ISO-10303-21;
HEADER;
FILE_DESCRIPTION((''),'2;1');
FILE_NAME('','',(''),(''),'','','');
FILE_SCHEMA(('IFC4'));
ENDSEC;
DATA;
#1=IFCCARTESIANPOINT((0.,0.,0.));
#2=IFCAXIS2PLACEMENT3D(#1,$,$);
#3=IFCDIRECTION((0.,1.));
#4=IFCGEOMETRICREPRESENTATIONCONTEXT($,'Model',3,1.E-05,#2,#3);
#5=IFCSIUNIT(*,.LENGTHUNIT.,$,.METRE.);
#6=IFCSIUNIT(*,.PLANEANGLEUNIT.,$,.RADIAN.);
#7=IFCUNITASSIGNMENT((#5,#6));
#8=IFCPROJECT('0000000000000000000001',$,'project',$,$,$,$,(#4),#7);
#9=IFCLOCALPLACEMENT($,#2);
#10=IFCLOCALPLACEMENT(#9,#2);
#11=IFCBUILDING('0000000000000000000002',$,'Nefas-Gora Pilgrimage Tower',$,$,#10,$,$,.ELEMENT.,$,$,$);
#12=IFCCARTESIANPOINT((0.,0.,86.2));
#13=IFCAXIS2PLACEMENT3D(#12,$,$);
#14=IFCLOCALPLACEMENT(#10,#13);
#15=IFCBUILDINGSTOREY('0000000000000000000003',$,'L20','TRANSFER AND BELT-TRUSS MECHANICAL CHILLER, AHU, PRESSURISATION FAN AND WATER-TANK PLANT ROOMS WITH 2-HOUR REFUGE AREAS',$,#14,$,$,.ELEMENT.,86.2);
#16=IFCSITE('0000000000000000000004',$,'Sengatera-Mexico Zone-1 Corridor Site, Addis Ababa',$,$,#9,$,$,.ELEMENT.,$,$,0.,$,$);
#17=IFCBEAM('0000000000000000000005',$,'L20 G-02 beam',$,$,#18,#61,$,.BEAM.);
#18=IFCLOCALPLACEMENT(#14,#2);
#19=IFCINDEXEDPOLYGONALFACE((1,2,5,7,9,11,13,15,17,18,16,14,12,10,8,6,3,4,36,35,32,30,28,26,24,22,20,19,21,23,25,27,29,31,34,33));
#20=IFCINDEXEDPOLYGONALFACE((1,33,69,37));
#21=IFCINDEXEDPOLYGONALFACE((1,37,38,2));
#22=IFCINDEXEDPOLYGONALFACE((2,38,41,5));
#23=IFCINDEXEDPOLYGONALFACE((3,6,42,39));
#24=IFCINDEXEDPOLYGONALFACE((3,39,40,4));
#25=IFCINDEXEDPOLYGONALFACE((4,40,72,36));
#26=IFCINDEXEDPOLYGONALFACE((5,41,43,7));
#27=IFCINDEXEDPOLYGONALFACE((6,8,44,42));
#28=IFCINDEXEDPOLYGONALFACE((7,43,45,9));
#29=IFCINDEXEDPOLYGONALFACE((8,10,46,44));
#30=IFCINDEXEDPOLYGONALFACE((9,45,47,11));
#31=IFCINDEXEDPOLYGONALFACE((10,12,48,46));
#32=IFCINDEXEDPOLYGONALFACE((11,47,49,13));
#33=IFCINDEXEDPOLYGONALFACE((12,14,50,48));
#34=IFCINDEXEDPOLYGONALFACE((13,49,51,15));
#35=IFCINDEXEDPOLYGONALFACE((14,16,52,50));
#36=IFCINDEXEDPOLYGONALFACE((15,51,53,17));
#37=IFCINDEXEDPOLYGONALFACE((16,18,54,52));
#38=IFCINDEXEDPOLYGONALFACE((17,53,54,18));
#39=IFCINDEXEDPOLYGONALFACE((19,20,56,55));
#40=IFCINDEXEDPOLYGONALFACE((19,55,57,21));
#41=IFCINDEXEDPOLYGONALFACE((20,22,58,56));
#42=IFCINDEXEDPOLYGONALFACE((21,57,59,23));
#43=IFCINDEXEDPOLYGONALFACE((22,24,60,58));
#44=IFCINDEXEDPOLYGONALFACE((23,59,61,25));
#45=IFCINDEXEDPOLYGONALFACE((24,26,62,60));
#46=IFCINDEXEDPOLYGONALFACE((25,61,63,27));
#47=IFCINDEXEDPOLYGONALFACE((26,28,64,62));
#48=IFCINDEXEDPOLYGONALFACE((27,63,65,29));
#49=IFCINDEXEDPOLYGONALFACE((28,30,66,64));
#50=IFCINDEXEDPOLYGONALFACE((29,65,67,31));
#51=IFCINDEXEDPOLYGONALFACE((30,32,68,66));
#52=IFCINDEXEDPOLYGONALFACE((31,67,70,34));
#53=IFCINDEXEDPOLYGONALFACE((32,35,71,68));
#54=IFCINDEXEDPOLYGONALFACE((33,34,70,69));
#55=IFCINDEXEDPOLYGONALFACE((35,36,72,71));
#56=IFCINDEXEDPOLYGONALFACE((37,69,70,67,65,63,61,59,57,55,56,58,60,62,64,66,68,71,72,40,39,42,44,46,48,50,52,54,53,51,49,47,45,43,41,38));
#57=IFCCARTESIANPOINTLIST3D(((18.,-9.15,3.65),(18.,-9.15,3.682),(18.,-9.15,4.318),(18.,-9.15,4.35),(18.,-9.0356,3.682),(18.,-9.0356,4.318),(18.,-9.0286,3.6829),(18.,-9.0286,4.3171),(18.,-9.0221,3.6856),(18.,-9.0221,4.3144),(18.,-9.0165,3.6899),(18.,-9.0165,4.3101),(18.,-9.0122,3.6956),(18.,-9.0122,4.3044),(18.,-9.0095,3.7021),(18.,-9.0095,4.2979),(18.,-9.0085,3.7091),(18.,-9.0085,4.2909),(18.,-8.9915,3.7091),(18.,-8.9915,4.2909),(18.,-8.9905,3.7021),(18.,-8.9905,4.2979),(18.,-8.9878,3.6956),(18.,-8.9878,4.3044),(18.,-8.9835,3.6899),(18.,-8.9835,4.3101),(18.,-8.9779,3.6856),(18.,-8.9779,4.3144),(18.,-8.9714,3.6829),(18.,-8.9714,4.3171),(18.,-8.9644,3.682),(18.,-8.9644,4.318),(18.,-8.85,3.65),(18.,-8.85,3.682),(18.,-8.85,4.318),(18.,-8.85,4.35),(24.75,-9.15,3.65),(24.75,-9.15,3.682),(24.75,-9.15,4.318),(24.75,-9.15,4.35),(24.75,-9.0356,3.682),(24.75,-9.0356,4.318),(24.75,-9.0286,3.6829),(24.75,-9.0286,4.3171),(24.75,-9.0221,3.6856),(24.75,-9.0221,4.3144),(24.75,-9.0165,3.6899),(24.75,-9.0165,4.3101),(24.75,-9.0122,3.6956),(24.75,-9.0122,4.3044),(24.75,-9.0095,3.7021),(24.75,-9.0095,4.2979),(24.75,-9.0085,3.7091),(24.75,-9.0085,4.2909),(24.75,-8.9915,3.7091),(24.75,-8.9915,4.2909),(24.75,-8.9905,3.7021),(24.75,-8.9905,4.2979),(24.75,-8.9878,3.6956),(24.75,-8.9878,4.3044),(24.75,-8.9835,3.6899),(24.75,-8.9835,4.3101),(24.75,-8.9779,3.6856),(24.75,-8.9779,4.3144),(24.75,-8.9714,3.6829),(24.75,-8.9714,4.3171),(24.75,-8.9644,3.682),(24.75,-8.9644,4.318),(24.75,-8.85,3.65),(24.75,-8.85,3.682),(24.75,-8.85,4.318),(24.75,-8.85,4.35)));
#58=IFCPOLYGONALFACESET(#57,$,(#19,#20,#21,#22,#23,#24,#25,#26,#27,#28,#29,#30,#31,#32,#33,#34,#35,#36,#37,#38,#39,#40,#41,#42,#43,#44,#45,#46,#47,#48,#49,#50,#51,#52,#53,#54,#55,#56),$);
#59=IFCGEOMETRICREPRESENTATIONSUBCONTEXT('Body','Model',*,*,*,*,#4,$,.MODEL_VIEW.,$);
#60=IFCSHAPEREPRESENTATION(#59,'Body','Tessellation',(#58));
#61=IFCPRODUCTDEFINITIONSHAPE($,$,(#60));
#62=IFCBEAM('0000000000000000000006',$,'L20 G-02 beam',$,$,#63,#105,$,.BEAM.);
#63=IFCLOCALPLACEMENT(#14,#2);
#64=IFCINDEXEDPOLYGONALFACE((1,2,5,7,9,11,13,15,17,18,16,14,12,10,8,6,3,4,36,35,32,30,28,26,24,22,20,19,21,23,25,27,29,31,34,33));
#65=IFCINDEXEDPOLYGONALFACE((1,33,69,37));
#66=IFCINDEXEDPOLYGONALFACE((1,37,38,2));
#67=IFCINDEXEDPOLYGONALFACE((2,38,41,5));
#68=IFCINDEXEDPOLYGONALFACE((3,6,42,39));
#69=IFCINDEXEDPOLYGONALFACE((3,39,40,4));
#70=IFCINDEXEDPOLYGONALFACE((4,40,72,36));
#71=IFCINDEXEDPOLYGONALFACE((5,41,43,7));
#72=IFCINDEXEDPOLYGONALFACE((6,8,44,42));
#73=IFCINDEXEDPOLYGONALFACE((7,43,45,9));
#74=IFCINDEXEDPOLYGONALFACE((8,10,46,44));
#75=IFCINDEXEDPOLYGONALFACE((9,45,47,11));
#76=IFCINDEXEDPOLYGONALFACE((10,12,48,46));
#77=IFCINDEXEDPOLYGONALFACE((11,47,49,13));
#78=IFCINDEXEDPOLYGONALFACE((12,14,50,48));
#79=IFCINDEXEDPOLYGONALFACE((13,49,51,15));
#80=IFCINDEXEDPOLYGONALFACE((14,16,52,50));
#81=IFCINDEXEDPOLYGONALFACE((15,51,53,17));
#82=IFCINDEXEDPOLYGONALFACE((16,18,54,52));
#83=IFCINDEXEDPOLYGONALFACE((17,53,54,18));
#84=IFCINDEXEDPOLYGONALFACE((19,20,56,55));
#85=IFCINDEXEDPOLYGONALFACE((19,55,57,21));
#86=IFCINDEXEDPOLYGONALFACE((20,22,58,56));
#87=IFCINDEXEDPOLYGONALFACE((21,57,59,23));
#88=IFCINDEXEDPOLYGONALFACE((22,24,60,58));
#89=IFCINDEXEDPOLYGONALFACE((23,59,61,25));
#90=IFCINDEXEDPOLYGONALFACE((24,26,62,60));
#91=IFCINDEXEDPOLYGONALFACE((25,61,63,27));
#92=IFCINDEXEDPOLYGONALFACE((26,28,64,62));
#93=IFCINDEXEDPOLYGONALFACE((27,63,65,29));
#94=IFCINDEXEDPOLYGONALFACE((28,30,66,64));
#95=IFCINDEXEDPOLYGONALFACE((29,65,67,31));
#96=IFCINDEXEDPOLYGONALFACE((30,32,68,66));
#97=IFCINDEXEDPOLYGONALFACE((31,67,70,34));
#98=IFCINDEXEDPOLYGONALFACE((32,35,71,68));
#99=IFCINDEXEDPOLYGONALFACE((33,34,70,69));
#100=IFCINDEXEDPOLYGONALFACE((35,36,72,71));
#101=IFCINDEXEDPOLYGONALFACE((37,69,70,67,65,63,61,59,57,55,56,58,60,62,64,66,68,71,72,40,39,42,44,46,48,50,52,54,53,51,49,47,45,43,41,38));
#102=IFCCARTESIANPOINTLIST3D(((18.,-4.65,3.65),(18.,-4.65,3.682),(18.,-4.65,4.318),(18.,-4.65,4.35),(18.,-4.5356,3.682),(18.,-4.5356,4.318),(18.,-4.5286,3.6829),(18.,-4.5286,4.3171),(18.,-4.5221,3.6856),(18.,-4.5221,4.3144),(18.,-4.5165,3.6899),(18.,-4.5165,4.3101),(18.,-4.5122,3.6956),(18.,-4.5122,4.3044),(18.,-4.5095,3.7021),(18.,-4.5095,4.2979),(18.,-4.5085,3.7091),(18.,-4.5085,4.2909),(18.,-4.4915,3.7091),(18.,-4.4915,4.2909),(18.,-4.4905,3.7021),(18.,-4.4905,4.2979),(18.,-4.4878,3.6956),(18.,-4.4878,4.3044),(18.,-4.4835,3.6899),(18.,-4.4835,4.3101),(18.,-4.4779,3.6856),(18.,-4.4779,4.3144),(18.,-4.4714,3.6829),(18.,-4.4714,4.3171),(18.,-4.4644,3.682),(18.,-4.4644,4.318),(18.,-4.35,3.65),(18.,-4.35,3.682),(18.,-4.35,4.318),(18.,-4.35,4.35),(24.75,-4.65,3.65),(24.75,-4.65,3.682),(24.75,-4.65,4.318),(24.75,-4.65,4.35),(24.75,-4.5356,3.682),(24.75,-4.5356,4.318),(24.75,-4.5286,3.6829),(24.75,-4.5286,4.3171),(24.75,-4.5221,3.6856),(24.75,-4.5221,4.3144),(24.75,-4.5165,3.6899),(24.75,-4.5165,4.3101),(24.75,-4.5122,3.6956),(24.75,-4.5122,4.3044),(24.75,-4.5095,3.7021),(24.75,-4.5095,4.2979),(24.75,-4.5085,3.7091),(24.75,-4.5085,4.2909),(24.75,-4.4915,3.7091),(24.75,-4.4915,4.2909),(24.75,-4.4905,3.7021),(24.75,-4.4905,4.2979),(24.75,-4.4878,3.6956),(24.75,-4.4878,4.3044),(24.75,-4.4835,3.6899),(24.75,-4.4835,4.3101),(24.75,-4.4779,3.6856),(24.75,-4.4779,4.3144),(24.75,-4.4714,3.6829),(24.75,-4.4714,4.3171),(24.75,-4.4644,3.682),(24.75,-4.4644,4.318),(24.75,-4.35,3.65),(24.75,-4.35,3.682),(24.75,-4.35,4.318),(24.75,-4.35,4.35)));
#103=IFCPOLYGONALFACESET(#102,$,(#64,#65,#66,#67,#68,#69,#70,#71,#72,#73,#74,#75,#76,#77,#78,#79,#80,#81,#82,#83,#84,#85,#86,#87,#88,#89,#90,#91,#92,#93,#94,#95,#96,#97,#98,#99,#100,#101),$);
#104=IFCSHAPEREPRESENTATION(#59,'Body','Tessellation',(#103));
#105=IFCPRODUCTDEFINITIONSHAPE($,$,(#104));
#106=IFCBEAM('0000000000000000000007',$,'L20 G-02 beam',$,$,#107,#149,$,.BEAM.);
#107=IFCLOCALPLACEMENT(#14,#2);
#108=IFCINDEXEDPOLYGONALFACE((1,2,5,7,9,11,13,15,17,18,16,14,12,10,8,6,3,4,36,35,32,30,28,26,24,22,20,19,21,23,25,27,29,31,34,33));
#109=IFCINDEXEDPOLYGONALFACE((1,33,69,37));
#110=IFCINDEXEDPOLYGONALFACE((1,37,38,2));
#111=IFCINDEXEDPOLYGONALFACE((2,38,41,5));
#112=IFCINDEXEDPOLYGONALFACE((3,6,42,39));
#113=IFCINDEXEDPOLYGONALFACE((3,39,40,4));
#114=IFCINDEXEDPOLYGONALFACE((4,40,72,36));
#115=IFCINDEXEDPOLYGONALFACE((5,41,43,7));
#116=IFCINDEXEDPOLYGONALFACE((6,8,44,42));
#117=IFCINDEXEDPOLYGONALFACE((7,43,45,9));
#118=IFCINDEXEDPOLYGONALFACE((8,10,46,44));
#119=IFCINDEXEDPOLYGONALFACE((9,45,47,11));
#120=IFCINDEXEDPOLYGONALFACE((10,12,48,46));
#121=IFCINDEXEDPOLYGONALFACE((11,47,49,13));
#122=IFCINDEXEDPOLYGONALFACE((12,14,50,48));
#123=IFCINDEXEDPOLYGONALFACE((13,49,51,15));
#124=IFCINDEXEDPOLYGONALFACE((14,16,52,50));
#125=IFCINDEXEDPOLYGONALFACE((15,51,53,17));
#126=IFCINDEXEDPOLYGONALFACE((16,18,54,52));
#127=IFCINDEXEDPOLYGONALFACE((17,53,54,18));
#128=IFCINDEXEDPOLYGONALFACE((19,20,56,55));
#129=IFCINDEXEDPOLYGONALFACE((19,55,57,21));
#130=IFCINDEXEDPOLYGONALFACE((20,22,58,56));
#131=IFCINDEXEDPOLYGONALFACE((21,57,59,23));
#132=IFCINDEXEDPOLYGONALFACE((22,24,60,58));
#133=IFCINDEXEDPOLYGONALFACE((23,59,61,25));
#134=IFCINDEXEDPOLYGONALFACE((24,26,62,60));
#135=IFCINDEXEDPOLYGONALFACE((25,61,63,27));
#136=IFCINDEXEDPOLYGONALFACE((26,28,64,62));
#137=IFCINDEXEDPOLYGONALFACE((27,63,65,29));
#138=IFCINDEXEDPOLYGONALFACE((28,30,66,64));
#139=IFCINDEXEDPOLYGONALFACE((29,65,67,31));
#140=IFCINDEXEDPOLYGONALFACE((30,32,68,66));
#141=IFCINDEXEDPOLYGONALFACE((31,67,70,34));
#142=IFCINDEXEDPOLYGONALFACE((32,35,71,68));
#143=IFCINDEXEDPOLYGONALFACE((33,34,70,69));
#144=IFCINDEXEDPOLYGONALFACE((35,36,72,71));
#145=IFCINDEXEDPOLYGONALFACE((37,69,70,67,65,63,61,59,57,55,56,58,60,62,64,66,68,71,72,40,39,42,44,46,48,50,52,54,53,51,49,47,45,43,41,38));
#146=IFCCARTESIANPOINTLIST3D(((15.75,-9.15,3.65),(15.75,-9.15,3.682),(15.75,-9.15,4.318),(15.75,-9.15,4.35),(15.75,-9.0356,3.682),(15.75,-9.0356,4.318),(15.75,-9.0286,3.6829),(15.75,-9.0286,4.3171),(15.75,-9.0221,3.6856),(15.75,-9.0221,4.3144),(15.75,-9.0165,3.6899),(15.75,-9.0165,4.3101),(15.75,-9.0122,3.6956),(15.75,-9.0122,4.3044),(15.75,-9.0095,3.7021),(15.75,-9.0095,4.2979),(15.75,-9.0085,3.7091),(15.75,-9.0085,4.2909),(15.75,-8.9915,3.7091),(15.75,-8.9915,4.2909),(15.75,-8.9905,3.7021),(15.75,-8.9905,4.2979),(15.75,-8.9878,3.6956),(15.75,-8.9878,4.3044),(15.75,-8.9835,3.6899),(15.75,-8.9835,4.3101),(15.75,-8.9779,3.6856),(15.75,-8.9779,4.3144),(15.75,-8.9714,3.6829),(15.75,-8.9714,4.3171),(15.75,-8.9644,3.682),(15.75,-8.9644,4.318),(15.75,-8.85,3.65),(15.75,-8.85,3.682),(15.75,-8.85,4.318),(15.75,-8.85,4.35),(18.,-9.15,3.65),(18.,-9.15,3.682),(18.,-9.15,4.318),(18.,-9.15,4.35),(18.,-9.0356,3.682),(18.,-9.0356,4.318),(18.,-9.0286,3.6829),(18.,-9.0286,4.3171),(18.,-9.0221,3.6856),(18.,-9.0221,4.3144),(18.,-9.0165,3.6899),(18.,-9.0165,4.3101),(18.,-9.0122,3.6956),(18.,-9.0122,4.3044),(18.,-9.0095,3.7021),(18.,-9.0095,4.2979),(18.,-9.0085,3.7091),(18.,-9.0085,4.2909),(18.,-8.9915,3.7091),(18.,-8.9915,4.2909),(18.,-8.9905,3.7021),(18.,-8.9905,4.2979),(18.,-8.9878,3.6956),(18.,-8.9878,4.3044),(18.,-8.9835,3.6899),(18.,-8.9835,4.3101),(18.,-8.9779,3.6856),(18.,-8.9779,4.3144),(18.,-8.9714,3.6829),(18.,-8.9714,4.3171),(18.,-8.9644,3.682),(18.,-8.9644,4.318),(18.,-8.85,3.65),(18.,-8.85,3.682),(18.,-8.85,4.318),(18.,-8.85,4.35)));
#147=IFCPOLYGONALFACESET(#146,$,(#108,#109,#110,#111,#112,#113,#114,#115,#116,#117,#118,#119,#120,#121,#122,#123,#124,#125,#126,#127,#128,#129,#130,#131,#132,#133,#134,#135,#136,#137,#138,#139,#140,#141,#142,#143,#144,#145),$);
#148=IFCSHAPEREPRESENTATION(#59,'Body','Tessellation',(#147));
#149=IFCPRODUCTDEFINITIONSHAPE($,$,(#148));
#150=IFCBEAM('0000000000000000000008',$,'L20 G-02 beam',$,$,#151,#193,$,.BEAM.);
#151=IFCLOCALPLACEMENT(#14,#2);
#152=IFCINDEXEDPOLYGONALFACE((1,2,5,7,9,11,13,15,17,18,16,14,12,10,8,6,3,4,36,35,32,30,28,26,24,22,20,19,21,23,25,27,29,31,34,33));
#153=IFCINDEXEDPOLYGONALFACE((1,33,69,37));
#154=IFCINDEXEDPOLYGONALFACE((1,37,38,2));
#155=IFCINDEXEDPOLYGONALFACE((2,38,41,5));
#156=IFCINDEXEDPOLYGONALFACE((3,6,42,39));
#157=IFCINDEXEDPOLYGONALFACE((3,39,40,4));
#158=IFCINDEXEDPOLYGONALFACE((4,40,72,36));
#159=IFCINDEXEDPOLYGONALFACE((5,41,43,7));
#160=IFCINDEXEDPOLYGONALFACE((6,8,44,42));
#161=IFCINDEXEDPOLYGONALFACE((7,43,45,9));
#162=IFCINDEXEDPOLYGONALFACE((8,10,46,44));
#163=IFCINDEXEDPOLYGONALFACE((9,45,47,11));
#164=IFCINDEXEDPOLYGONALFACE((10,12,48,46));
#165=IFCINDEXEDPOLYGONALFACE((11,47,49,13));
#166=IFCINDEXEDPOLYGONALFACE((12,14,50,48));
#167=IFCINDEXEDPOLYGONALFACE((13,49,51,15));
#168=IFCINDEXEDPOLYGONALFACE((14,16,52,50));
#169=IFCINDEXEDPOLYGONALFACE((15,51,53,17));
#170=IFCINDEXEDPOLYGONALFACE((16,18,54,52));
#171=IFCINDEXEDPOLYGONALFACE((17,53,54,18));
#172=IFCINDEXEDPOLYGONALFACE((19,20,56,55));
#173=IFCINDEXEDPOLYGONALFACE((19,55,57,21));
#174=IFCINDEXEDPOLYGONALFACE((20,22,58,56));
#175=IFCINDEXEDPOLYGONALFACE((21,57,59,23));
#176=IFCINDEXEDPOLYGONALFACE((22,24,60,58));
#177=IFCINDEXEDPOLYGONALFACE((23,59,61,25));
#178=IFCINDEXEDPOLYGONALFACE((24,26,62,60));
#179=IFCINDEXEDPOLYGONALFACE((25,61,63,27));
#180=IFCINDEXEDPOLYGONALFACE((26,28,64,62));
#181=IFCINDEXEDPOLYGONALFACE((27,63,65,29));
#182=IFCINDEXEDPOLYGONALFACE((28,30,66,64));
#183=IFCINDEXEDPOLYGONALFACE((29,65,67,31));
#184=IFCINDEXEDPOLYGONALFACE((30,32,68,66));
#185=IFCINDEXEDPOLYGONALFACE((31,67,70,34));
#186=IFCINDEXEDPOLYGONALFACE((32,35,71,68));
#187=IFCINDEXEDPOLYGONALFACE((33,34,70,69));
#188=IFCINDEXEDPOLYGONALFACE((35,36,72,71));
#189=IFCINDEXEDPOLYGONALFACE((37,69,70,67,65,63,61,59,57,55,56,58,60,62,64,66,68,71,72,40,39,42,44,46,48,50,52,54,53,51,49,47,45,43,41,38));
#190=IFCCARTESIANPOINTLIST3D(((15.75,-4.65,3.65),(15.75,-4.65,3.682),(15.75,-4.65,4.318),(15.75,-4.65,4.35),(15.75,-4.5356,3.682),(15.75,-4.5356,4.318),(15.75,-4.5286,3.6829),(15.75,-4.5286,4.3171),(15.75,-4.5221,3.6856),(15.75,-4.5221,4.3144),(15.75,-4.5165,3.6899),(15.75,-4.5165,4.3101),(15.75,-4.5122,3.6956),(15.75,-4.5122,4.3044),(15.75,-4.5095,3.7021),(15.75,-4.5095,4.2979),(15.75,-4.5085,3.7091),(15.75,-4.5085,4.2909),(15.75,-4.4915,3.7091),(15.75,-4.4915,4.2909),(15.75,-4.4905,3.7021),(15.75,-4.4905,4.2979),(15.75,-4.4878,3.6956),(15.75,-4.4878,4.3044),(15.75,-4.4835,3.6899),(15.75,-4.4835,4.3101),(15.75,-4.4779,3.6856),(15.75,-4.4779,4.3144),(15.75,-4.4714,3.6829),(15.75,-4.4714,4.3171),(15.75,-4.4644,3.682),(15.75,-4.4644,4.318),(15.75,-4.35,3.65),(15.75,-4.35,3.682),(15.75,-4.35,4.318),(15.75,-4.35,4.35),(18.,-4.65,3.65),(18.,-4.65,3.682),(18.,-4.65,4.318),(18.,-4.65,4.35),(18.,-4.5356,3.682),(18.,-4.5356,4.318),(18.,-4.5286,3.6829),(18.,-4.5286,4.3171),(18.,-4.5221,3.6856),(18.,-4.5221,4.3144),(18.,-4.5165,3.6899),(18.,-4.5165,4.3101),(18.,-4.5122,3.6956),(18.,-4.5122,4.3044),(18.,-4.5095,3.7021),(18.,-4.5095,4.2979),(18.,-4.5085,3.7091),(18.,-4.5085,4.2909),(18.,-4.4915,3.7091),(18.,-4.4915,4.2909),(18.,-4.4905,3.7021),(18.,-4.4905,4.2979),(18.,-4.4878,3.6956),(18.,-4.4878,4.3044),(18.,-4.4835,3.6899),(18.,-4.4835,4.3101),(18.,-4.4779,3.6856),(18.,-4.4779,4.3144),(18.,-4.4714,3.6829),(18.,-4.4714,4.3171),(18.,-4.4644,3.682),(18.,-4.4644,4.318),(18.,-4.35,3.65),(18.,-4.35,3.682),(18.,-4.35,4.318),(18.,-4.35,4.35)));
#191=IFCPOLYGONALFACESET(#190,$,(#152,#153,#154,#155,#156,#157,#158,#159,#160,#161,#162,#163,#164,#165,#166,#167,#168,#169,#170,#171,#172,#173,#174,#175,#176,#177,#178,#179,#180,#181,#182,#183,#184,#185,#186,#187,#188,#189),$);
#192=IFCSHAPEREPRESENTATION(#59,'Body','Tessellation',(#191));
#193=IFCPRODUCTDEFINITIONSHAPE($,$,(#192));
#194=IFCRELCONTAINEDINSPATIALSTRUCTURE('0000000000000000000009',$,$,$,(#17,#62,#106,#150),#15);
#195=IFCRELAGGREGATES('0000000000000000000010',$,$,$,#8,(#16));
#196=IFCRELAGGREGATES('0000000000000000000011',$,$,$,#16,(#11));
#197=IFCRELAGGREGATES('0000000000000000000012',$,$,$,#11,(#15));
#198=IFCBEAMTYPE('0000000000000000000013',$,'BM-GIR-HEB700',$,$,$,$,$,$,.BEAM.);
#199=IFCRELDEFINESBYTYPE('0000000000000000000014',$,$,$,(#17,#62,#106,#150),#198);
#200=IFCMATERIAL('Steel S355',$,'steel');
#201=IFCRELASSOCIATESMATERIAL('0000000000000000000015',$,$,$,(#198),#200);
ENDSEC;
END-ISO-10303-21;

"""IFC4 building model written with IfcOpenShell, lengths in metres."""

from ifc_helpers import new_model, si_unit, direction, frame, origin, origin_2d, place, context, subcontext, project, spatial, i_section, extrude, source, transform, mapped, material, material_profile, profile_set, type_object, element, save


model = new_model("IFC4")

# Units and contexts
model_context = context("Model", 3, precision=1e-05, world=origin(), true_north=direction((0.0, 1.0)))
body_context = subcontext(model_context, "Body", "Model", "MODEL_VIEW")
ifc_project = project(units=[si_unit("LENGTHUNIT", "METRE"), si_unit("PLANEANGLEUNIT", "RADIAN")], contexts=[model_context])

# Site, building, storey
site_placement = place(None, origin())
site = spatial("IfcSite", under=ifc_project, at=site_placement, Name="Sengatera-Mexico Zone-1 Corridor Site, Addis Ababa", CompositionType="ELEMENT", RefElevation=0.0)
building_placement = place(site_placement, origin())
building = spatial("IfcBuilding", under=site, at=building_placement, Name="Nefas-Gora Pilgrimage Tower", CompositionType="ELEMENT")
storey_placement = place(building_placement, frame((0.0, 0.0, 86.2)))
storey = spatial("IfcBuildingStorey", under=building, at=storey_placement, Name="L20", Description="TRANSFER AND BELT-TRUSS MECHANICAL CHILLER, AHU, PRESSURISATION FAN AND WATER-TANK PLANT ROOMS WITH 2-HOUR REFUGE AREAS", CompositionType="ELEMENT", Elevation=86.2)

# Beams
ifc_material_1 = material(Name="Steel S355", Category="steel")
ifc_material_profile_1 = material_profile(ifc_material_1, i_section(OverallWidth=0.3, OverallDepth=0.7, WebThickness=0.0171, FlangeThickness=0.032, FilletRadius=0.0271, at=origin_2d()), Name="HEB 700")
ifc_profile_set_1 = profile_set([ifc_material_profile_1], Name="Steel S355")
beam_type_1 = type_object("IfcBeamType", Name="BM-GIR-HEB700", PredefinedType="BEAM", material=ifc_profile_set_1)
shared_shape_1 = source(origin(), body_context, "Body", "SweptSolid", [
    extrude(i_section(OverallWidth=0.3, OverallDepth=0.7, WebThickness=0.0171, FlangeThickness=0.032, FilletRadius=0.0271, at=origin_2d()), origin(), (0.0, 0.0, 1.0), 6.75),
])
for number, where, z_axis, x_axis, name in (
    (1, (18.0, -9.0, 4.0), (1.0, 0.0, 0.0), (0.0, 1.0, 0.0), "L20 G-02 beam"),
    (2, (18.0, -4.5, 4.0), (1.0, 0.0, 0.0), (0.0, 1.0, 0.0), "L20 G-02 beam"),
):
    element("IfcBeam", number, at=place(storey_placement, frame(where, z_axis=z_axis, x_axis=x_axis)), inside=storey, type_object=beam_type_1, Name=name, PredefinedType="BEAM", context=body_context, shape_type="MappedRepresentation", body=[
        mapped(shared_shape_1, transform((0.0, 0.0, 0.0), x_axis=(1.0, 0.0, 0.0), y_axis=(0.0, 1.0, 0.0), z_axis=(0.0, 0.0, 1.0), scale=1.0)),
    ])
shared_shape_2 = source(origin(), body_context, "Body", "SweptSolid", [
    extrude(i_section(OverallWidth=0.3, OverallDepth=0.7, WebThickness=0.0171, FlangeThickness=0.032, FilletRadius=0.0271, at=origin_2d()), origin(), (0.0, 0.0, 1.0), 2.25),
])
for number, where, z_axis, x_axis, name in (
    (3, (15.75, -9.0, 4.0), (1.0, 0.0, 0.0), (0.0, 1.0, 0.0), "L20 G-02 beam"),
    (4, (15.75, -4.5, 4.0), (1.0, 0.0, 0.0), (0.0, 1.0, 0.0), "L20 G-02 beam"),
):
    element("IfcBeam", number, at=place(storey_placement, frame(where, z_axis=z_axis, x_axis=x_axis)), inside=storey, type_object=beam_type_1, Name=name, PredefinedType="BEAM", context=body_context, shape_type="MappedRepresentation", body=[
        mapped(shared_shape_2, transform((0.0, 0.0, 0.0), x_axis=(1.0, 0.0, 0.0), y_axis=(0.0, 1.0, 0.0), z_axis=(0.0, 0.0, 1.0), scale=1.0)),
    ])

save(model, "model.ifc")
